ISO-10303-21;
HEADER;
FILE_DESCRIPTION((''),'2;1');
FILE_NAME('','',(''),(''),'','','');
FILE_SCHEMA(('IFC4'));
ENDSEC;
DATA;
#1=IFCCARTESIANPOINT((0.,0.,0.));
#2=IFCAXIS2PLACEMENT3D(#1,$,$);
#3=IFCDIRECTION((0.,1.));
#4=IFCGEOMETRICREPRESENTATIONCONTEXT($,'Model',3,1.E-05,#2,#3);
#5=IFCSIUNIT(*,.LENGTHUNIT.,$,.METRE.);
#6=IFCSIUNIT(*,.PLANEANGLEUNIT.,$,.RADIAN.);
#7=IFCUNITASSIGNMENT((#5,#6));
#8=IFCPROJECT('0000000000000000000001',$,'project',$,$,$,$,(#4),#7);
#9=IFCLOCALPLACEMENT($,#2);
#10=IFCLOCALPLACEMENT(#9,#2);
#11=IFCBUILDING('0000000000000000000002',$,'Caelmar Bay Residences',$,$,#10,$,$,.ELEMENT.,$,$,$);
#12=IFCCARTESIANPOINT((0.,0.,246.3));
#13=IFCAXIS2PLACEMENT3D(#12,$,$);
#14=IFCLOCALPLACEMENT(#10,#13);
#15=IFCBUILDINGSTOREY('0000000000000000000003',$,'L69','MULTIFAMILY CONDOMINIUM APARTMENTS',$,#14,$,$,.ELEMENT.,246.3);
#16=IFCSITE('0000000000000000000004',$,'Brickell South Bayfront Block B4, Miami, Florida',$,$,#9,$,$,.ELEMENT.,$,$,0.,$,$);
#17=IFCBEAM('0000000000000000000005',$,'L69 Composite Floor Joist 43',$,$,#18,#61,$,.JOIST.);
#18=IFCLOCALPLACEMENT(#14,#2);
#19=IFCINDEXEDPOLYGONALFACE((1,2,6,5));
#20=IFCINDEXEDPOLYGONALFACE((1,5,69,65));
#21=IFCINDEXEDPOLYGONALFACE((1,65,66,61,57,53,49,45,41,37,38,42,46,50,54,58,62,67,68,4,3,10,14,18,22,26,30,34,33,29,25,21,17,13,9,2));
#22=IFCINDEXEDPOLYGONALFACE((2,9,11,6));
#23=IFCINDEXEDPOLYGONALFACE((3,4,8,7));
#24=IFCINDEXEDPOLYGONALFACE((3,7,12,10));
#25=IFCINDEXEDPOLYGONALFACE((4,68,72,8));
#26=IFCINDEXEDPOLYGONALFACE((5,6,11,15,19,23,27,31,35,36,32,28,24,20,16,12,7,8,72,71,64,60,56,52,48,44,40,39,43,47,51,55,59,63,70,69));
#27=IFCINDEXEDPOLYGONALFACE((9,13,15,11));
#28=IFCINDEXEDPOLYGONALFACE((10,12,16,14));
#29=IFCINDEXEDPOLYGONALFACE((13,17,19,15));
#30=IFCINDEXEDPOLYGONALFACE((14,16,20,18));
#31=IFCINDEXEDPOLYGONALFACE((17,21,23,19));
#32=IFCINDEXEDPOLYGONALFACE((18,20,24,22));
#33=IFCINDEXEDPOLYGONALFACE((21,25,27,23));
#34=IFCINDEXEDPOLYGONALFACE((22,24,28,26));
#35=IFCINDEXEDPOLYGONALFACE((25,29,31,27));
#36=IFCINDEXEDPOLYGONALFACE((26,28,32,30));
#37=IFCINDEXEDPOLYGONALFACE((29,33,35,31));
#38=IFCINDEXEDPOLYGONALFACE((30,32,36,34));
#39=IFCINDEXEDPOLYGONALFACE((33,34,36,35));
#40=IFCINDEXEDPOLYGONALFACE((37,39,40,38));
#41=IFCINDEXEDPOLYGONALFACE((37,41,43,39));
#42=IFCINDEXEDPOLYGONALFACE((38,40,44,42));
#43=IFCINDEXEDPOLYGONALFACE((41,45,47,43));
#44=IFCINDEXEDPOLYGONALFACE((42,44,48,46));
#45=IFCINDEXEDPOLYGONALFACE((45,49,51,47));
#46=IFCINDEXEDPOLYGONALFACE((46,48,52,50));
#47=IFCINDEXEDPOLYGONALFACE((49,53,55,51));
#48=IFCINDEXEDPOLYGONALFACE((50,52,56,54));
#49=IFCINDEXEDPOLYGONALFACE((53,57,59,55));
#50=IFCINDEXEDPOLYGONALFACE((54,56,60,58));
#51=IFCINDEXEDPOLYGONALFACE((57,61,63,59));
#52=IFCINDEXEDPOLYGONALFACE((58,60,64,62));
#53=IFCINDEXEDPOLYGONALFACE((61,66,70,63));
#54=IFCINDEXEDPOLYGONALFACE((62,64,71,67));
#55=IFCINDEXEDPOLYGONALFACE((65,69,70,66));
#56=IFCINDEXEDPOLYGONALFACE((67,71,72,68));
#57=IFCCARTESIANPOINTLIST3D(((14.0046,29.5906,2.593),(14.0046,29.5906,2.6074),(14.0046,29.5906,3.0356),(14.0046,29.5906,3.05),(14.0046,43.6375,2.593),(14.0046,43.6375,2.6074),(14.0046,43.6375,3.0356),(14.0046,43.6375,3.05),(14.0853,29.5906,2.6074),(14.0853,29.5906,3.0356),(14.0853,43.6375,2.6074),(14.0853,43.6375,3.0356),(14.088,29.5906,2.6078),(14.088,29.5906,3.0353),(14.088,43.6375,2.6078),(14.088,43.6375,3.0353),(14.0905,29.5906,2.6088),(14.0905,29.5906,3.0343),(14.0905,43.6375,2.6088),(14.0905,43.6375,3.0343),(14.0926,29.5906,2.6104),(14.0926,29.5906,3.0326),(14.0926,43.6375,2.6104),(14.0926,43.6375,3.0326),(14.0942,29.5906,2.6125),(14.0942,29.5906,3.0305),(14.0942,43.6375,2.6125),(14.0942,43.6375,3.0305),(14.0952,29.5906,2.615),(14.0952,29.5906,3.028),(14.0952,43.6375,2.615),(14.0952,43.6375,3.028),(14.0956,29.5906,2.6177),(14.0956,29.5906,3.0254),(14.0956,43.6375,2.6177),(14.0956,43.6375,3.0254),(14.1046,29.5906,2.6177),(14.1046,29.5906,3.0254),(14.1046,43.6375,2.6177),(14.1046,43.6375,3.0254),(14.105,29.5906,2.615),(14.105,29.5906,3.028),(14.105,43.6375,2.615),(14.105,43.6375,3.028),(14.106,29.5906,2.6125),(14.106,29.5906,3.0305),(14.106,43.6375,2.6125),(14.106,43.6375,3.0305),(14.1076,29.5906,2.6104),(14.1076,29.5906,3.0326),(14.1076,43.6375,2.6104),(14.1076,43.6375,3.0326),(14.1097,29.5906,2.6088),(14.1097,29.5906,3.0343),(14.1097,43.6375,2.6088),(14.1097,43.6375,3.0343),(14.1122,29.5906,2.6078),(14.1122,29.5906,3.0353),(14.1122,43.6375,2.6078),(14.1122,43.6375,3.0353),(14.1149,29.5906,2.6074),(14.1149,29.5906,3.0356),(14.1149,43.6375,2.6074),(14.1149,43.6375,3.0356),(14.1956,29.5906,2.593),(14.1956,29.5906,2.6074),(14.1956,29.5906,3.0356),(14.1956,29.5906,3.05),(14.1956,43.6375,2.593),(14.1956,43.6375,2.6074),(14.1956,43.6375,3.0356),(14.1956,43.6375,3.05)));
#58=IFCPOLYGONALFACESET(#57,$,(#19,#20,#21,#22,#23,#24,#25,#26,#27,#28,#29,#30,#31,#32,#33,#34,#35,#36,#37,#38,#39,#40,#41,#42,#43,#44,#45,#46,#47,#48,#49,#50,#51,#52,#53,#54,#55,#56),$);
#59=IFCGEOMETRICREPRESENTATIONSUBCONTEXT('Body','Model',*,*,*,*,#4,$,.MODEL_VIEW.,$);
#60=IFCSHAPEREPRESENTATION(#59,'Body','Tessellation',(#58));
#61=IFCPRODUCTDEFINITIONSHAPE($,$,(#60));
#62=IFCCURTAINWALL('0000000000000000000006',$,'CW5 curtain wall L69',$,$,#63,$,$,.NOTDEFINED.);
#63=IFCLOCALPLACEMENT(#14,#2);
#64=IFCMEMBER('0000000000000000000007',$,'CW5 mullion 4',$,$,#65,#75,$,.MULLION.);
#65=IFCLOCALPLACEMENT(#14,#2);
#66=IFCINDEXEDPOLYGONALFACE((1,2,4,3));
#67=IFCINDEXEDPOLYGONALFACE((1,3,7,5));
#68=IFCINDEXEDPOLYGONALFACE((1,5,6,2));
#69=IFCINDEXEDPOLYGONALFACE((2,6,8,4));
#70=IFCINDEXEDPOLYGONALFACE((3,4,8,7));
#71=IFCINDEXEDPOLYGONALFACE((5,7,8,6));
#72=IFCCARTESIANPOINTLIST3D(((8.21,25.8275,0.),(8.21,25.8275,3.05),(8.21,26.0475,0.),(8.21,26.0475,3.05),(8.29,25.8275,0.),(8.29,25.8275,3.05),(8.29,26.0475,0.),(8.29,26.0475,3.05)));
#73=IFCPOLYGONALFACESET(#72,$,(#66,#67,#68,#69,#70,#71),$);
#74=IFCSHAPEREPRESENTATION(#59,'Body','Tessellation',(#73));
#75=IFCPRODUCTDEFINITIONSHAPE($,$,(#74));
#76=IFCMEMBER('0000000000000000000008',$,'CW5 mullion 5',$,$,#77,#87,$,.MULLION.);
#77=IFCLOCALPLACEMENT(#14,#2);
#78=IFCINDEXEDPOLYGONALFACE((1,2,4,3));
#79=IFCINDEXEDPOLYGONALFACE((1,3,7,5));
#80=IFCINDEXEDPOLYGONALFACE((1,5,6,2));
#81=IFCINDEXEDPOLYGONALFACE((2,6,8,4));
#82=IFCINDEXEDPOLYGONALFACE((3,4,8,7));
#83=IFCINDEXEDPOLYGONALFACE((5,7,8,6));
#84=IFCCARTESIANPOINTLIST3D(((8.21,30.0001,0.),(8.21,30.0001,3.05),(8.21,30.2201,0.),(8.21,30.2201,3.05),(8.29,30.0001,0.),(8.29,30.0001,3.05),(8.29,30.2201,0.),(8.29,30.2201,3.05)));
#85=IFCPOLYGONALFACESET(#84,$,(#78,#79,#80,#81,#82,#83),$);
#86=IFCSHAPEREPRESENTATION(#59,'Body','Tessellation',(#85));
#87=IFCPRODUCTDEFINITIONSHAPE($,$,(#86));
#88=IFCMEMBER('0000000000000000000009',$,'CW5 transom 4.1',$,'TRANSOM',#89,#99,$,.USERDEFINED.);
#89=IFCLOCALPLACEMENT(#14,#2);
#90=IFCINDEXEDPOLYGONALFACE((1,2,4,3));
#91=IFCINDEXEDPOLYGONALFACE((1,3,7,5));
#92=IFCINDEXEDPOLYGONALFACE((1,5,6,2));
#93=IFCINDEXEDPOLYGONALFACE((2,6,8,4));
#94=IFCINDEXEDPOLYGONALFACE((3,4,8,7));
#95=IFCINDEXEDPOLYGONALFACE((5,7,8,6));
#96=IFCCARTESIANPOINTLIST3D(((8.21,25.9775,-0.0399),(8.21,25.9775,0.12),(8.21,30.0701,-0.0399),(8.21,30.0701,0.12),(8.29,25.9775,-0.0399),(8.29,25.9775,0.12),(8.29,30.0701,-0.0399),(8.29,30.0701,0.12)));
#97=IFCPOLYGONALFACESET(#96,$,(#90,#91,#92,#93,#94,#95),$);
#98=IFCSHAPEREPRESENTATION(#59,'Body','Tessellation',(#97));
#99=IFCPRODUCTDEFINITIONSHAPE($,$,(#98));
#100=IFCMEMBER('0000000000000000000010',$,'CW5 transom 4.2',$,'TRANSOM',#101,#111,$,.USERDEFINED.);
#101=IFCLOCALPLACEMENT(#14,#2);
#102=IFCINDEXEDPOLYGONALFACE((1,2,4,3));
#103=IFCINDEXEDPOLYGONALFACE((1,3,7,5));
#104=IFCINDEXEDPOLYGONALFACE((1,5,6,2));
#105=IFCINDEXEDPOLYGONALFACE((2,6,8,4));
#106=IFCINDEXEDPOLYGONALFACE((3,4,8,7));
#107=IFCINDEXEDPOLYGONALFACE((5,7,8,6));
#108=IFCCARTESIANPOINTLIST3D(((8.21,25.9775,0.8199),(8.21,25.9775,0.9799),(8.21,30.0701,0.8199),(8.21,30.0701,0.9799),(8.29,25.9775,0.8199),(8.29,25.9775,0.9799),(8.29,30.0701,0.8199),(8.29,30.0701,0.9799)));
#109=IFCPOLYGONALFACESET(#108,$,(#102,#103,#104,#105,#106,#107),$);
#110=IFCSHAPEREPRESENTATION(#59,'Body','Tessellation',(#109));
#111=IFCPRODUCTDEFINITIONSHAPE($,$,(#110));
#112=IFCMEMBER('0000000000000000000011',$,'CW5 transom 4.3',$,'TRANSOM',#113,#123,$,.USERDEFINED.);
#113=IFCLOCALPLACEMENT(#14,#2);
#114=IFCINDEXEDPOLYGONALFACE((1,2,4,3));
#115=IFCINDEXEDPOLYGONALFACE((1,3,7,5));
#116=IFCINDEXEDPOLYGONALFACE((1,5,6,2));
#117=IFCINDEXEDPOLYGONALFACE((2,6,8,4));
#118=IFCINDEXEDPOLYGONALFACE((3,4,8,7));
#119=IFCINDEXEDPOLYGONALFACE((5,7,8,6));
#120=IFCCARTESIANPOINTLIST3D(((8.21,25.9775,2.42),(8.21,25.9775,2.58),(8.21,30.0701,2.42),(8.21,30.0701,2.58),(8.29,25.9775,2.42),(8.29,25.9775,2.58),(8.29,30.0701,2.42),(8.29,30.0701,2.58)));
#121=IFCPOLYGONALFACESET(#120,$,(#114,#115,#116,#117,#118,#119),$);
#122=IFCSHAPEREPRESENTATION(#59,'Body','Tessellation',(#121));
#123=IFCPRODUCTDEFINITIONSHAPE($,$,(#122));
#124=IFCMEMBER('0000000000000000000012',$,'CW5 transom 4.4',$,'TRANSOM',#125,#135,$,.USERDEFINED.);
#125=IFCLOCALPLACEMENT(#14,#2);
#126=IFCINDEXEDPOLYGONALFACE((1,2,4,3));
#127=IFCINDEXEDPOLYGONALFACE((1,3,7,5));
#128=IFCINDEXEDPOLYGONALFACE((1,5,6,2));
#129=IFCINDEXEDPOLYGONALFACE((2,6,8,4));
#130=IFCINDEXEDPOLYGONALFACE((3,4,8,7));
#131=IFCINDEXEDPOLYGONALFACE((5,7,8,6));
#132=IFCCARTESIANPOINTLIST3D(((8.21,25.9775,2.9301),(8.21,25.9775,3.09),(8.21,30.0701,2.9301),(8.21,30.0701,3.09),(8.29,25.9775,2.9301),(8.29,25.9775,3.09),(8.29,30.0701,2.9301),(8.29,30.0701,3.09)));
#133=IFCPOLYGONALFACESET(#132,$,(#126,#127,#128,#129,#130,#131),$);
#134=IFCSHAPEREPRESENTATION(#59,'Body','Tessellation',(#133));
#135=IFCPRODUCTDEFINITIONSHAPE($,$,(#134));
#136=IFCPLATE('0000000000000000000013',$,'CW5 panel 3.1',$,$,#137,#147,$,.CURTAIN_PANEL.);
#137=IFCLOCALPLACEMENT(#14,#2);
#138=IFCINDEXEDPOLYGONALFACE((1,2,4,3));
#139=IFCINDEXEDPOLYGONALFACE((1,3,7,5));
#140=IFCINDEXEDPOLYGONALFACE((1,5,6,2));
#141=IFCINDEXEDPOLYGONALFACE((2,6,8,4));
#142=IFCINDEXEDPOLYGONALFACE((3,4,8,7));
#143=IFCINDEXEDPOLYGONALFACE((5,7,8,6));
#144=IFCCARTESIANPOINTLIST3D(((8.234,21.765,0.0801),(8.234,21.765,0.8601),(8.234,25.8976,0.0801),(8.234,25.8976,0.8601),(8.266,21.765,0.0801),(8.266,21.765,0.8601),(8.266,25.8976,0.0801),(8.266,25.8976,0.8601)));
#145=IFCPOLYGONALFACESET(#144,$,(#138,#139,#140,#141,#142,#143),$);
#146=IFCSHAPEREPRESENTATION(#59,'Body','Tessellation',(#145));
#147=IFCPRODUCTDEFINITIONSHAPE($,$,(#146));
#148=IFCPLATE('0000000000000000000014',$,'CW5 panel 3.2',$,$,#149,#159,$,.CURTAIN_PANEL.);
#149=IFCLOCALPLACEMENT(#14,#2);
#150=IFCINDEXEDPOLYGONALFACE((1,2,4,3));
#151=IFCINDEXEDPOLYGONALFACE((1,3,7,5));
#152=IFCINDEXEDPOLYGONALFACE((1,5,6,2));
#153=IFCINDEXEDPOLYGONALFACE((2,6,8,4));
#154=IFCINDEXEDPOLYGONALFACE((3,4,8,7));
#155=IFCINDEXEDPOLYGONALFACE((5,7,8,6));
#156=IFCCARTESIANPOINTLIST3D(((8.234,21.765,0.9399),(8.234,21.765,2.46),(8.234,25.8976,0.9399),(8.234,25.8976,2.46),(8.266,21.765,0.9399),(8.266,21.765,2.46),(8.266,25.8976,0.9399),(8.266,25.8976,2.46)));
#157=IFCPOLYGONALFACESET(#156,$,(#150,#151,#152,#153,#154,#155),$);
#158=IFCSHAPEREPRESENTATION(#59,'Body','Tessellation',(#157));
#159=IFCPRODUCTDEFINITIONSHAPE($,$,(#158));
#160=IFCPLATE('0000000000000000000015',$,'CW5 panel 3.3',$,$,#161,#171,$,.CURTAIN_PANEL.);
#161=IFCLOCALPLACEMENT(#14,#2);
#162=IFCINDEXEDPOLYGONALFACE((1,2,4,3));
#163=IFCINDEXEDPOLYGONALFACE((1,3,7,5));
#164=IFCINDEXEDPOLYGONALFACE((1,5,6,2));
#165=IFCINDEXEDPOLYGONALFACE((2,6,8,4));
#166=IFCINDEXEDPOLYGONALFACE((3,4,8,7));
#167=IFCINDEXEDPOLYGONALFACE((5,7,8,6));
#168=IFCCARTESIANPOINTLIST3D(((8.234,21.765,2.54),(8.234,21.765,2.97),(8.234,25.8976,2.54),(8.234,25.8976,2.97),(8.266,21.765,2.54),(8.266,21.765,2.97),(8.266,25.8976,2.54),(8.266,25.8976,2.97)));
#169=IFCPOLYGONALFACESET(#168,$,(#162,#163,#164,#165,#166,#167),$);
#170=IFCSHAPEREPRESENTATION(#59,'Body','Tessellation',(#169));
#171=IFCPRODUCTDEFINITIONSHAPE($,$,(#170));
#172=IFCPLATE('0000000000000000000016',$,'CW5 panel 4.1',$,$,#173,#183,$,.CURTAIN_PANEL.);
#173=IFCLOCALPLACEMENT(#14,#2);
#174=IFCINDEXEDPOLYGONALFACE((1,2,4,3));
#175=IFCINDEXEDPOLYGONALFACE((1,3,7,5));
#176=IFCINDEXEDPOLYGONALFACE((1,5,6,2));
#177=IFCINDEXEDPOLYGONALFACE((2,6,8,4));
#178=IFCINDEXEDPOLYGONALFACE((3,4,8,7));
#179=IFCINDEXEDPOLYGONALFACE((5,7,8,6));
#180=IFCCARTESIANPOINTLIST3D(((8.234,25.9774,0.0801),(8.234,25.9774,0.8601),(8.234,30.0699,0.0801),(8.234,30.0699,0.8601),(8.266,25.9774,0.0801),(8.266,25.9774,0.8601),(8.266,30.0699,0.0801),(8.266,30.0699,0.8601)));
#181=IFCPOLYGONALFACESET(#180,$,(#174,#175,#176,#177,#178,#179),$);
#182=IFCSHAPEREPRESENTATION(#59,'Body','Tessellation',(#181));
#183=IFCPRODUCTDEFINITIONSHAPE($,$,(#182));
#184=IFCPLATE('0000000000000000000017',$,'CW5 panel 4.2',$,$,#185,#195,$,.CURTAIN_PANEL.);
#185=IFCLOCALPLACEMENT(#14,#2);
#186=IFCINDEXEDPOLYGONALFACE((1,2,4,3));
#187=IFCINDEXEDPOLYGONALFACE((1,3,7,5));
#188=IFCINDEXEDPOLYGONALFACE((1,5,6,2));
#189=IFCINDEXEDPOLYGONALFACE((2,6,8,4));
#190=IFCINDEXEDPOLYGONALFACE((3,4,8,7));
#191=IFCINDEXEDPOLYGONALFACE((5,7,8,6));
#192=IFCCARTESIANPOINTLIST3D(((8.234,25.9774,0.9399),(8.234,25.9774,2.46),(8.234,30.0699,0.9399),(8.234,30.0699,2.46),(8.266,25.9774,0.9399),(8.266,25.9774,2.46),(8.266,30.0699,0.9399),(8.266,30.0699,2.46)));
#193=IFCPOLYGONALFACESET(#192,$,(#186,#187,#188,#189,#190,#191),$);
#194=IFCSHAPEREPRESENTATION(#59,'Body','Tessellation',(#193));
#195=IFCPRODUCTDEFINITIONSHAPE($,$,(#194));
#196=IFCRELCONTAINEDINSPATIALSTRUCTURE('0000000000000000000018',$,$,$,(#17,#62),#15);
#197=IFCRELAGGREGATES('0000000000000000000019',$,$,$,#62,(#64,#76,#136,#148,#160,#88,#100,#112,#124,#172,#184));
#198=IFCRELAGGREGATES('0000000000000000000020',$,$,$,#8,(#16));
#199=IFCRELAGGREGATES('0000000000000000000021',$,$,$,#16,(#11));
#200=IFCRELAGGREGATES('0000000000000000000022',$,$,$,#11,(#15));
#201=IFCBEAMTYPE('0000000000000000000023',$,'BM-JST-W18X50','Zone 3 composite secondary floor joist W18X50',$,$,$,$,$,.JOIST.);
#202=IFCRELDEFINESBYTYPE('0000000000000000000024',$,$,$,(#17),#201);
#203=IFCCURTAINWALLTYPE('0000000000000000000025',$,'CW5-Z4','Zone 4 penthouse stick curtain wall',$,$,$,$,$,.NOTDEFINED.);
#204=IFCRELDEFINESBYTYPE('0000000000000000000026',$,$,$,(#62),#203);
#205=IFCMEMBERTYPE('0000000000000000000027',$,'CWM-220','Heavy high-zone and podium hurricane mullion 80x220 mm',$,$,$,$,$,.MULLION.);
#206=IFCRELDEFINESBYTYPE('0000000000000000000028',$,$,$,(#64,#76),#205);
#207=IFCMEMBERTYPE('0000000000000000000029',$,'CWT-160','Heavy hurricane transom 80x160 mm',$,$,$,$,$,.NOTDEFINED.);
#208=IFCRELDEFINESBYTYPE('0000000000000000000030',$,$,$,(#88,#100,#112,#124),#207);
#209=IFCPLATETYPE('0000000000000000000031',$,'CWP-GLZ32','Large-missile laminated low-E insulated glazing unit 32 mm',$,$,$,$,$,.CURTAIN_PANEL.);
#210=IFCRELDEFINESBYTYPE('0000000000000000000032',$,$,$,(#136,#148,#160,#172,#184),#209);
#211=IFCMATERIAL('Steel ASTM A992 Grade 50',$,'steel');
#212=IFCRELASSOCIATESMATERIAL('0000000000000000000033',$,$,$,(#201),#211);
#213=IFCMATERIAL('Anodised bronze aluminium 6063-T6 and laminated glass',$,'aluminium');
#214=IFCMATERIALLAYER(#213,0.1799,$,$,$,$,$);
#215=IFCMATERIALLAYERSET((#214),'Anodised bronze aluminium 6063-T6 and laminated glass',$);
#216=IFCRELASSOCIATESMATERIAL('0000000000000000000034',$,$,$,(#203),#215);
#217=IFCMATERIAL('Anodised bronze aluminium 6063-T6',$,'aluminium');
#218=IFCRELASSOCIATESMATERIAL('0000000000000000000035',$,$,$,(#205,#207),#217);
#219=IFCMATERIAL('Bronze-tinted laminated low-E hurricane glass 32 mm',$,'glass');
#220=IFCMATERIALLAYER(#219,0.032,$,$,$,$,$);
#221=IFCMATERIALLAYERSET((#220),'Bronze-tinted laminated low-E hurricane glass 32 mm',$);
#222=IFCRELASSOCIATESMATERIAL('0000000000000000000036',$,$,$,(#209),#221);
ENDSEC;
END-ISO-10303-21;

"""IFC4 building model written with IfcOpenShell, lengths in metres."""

from ifc_helpers import new_model, si_unit, direction, frame, origin, origin_2d, place, context, subcontext, project, spatial, rectangle, i_section, extrude, material, layer, layer_set, material_profile, profile_set, type_object, element, aggregate, save


model = new_model("IFC4")

# Units and contexts
model_context = context("Model", 3, precision=1e-05, world=origin(), true_north=direction((0.0, 1.0)))
body_context = subcontext(model_context, "Body", "Model", "MODEL_VIEW")
ifc_project = project(units=[si_unit("LENGTHUNIT", "METRE"), si_unit("PLANEANGLEUNIT", "RADIAN")], contexts=[model_context])

# Site, building, storey
site_placement = place(None, origin())
site = spatial("IfcSite", under=ifc_project, at=site_placement, Name="Brickell South Bayfront Block B4, Miami, Florida", CompositionType="ELEMENT", RefElevation=0.0)
building_placement = place(site_placement, origin())
building = spatial("IfcBuilding", under=site, at=building_placement, Name="Caelmar Bay Residences", CompositionType="ELEMENT")
storey_placement = place(building_placement, frame((0.0, 0.0, 246.3)))
storey = spatial("IfcBuildingStorey", under=building, at=storey_placement, Name="L69", Description="MULTIFAMILY CONDOMINIUM APARTMENTS", CompositionType="ELEMENT", Elevation=246.3)

# Beam
ifc_material_1 = material(Name="Steel ASTM A992 Grade 50", Category="steel")
ifc_material_profile_1 = material_profile(ifc_material_1, i_section(OverallWidth=0.1909, OverallDepth=0.457, WebThickness=0.009, FlangeThickness=0.0144, FilletRadius=0.0103, at=origin_2d()), Name="W18X50")
ifc_profile_set_1 = profile_set([ifc_material_profile_1], Name="Steel ASTM A992 Grade 50")
beam_type_1 = type_object("IfcBeamType", Name="BM-JST-W18X50", Description="Zone 3 composite secondary floor joist W18X50", PredefinedType="JOIST", material=ifc_profile_set_1)
beam_1_placement = place(storey_placement, frame((14.1001, 29.5906, 2.8215), z_axis=(0.0, 1.0, 0.0), x_axis=(-1.0, 0.0, 0.0)))
element("IfcBeam", 1, at=beam_1_placement, inside=storey, type_object=beam_type_1, Name="L69 Composite Floor Joist 43", PredefinedType="JOIST", context=body_context, shape_type="SweptSolid", body=[
    extrude(i_section(OverallWidth=0.1909, OverallDepth=0.457, WebThickness=0.009, FlangeThickness=0.0144, FilletRadius=0.0103, at=origin_2d()), origin(), (0.0, 0.0, 1.0), 14.0469),
])

# Curtain wall, members, plates
ifc_material_2 = material(Name="Anodised bronze aluminium 6063-T6 and laminated glass", Category="aluminium")
ifc_layer_1 = layer(ifc_material_2, 0.1799)
ifc_layer_set_1 = layer_set([ifc_layer_1], Name="Anodised bronze aluminium 6063-T6 and laminated glass")
curtain_wall_type = type_object("IfcCurtainWallType", Name="CW5-Z4", Description="Zone 4 penthouse stick curtain wall", PredefinedType="NOTDEFINED", material=ifc_layer_set_1)
curtain_wall_placement = place(storey_placement, origin())
curtain_wall = element("IfcCurtainWall", 2, at=curtain_wall_placement, inside=storey, type_object=curtain_wall_type, Name="CW5 curtain wall L69", PredefinedType="NOTDEFINED")
ifc_material_3 = material(Name="Anodised bronze aluminium 6063-T6", Category="aluminium")
ifc_material_profile_2 = material_profile(ifc_material_3, rectangle(XDim=0.0801, YDim=0.22, at=origin_2d()), Name="CWM-80X220")
ifc_profile_set_2 = profile_set([ifc_material_profile_2], Name="Anodised bronze aluminium 6063-T6")
member_type_1 = type_object("IfcMemberType", Name="CWM-220", Description="Heavy high-zone and podium hurricane mullion 80x220 mm", PredefinedType="MULLION", material=ifc_profile_set_2)
member_1_placement = place(storey_placement, frame((8.25, 25.9375, 0.0), z_axis=(0.0, 0.0, 1.0), x_axis=(-1.0, 0.0, 0.0)))
member_1 = element("IfcMember", 3, at=member_1_placement, type_object=member_type_1, Name="CW5 mullion 4", PredefinedType="MULLION", context=body_context, shape_type="SweptSolid", body=[
    extrude(rectangle(XDim=0.0801, YDim=0.22, at=origin_2d()), origin(), (0.0, 0.0, 1.0), 3.05),
])
member_2_placement = place(storey_placement, frame((8.25, 30.1101, 0.0), z_axis=(0.0, 0.0, 1.0), x_axis=(-1.0, 0.0, 0.0)))
member_2 = element("IfcMember", 4, at=member_2_placement, type_object=member_type_1, Name="CW5 mullion 5", PredefinedType="MULLION", context=body_context, shape_type="SweptSolid", body=[
    extrude(rectangle(XDim=0.0801, YDim=0.22, at=origin_2d()), origin(), (0.0, 0.0, 1.0), 3.05),
])
ifc_material_profile_3 = material_profile(ifc_material_3, rectangle(XDim=0.0801, YDim=0.1599, at=origin_2d()), Name="CWT-80X160")
ifc_profile_set_3 = profile_set([ifc_material_profile_3], Name="Anodised bronze aluminium 6063-T6")
member_type_2 = type_object("IfcMemberType", Name="CWT-160", Description="Heavy hurricane transom 80x160 mm", PredefinedType="NOTDEFINED", material=ifc_profile_set_3)
member_3_placement = place(storey_placement, frame((8.25, 25.9775, 0.04), z_axis=(0.0, 1.0, 0.0), x_axis=(-1.0, 0.0, 0.0)))
member_3 = element("IfcMember", 5, at=member_3_placement, type_object=member_type_2, Name="CW5 transom 4.1", ObjectType="TRANSOM", PredefinedType="USERDEFINED", context=body_context, shape_type="SweptSolid", body=[
    extrude(rectangle(XDim=0.0801, YDim=0.1599, at=origin_2d()), origin(), (0.0, 0.0, 1.0), 4.0925),
])
member_4_placement = place(storey_placement, frame((8.25, 25.9775, 0.8999), z_axis=(0.0, 1.0, 0.0), x_axis=(-1.0, 0.0, 0.0)))
member_4 = element("IfcMember", 6, at=member_4_placement, type_object=member_type_2, Name="CW5 transom 4.2", ObjectType="TRANSOM", PredefinedType="USERDEFINED", context=body_context, shape_type="SweptSolid", body=[
    extrude(rectangle(XDim=0.0801, YDim=0.1599, at=origin_2d()), origin(), (0.0, 0.0, 1.0), 4.0925),
])
member_5_placement = place(storey_placement, frame((8.25, 25.9775, 2.5), z_axis=(0.0, 1.0, 0.0), x_axis=(-1.0, 0.0, 0.0)))
member_5 = element("IfcMember", 7, at=member_5_placement, type_object=member_type_2, Name="CW5 transom 4.3", ObjectType="TRANSOM", PredefinedType="USERDEFINED", context=body_context, shape_type="SweptSolid", body=[
    extrude(rectangle(XDim=0.0801, YDim=0.1599, at=origin_2d()), origin(), (0.0, 0.0, 1.0), 4.0925),
])
member_6_placement = place(storey_placement, frame((8.25, 25.9775, 3.01), z_axis=(0.0, 1.0, 0.0), x_axis=(-1.0, 0.0, 0.0)))
member_6 = element("IfcMember", 8, at=member_6_placement, type_object=member_type_2, Name="CW5 transom 4.4", ObjectType="TRANSOM", PredefinedType="USERDEFINED", context=body_context, shape_type="SweptSolid", body=[
    extrude(rectangle(XDim=0.0801, YDim=0.1599, at=origin_2d()), origin(), (0.0, 0.0, 1.0), 4.0925),
])
ifc_material_4 = material(Name="Bronze-tinted laminated low-E hurricane glass 32 mm", Category="glass")
ifc_layer_2 = layer(ifc_material_4, 0.032)
ifc_layer_set_2 = layer_set([ifc_layer_2], Name="Bronze-tinted laminated low-E hurricane glass 32 mm")
plate_type = type_object("IfcPlateType", Name="CWP-GLZ32", Description="Large-missile laminated low-E insulated glazing unit 32 mm", PredefinedType="CURTAIN_PANEL", material=ifc_layer_set_2)
plate_1_placement = place(storey_placement, frame((8.25, 23.8313, 0.0801), z_axis=(0.0, 0.0, 1.0), x_axis=(0.0, 1.0, 0.0)))
plate_1 = element("IfcPlate", 9, at=plate_1_placement, type_object=plate_type, Name="CW5 panel 3.1", PredefinedType="CURTAIN_PANEL", context=body_context, shape_type="SweptSolid", body=[
    extrude(rectangle(XDim=4.1326, YDim=0.032, at=origin_2d()), origin(), (0.0, 0.0, 1.0), 0.78),
])
plate_2_placement = place(storey_placement, frame((8.25, 23.8313, 0.9399), z_axis=(0.0, 0.0, 1.0), x_axis=(0.0, 1.0, 0.0)))
plate_2 = element("IfcPlate", 10, at=plate_2_placement, type_object=plate_type, Name="CW5 panel 3.2", PredefinedType="CURTAIN_PANEL", context=body_context, shape_type="SweptSolid", body=[
    extrude(rectangle(XDim=4.1326, YDim=0.032, at=origin_2d()), origin(), (0.0, 0.0, 1.0), 1.52),
])
plate_3_placement = place(storey_placement, frame((8.25, 23.8313, 2.54), z_axis=(0.0, 0.0, 1.0), x_axis=(0.0, 1.0, 0.0)))
plate_3 = element("IfcPlate", 11, at=plate_3_placement, type_object=plate_type, Name="CW5 panel 3.3", PredefinedType="CURTAIN_PANEL", context=body_context, shape_type="SweptSolid", body=[
    extrude(rectangle(XDim=4.1326, YDim=0.032, at=origin_2d()), origin(), (0.0, 0.0, 1.0), 0.4299),
])
plate_4_placement = place(storey_placement, frame((8.25, 28.0237, 0.0801), z_axis=(0.0, 0.0, 1.0), x_axis=(0.0, 1.0, 0.0)))
plate_4 = element("IfcPlate", 12, at=plate_4_placement, type_object=plate_type, Name="CW5 panel 4.1", PredefinedType="CURTAIN_PANEL", context=body_context, shape_type="SweptSolid", body=[
    extrude(rectangle(XDim=4.0925, YDim=0.032, at=origin_2d()), origin(), (0.0, 0.0, 1.0), 0.78),
])
plate_5_placement = place(storey_placement, frame((8.25, 28.0237, 0.9399), z_axis=(0.0, 0.0, 1.0), x_axis=(0.0, 1.0, 0.0)))
plate_5 = element("IfcPlate", 13, at=plate_5_placement, type_object=plate_type, Name="CW5 panel 4.2", PredefinedType="CURTAIN_PANEL", context=body_context, shape_type="SweptSolid", body=[
    extrude(rectangle(XDim=4.0925, YDim=0.032, at=origin_2d()), origin(), (0.0, 0.0, 1.0), 1.52),
])
aggregate(curtain_wall, [member_1, member_2, plate_1, plate_2, plate_3, member_3, member_4, member_5, member_6, plate_4, plate_5])

save(model, "model.ifc")
